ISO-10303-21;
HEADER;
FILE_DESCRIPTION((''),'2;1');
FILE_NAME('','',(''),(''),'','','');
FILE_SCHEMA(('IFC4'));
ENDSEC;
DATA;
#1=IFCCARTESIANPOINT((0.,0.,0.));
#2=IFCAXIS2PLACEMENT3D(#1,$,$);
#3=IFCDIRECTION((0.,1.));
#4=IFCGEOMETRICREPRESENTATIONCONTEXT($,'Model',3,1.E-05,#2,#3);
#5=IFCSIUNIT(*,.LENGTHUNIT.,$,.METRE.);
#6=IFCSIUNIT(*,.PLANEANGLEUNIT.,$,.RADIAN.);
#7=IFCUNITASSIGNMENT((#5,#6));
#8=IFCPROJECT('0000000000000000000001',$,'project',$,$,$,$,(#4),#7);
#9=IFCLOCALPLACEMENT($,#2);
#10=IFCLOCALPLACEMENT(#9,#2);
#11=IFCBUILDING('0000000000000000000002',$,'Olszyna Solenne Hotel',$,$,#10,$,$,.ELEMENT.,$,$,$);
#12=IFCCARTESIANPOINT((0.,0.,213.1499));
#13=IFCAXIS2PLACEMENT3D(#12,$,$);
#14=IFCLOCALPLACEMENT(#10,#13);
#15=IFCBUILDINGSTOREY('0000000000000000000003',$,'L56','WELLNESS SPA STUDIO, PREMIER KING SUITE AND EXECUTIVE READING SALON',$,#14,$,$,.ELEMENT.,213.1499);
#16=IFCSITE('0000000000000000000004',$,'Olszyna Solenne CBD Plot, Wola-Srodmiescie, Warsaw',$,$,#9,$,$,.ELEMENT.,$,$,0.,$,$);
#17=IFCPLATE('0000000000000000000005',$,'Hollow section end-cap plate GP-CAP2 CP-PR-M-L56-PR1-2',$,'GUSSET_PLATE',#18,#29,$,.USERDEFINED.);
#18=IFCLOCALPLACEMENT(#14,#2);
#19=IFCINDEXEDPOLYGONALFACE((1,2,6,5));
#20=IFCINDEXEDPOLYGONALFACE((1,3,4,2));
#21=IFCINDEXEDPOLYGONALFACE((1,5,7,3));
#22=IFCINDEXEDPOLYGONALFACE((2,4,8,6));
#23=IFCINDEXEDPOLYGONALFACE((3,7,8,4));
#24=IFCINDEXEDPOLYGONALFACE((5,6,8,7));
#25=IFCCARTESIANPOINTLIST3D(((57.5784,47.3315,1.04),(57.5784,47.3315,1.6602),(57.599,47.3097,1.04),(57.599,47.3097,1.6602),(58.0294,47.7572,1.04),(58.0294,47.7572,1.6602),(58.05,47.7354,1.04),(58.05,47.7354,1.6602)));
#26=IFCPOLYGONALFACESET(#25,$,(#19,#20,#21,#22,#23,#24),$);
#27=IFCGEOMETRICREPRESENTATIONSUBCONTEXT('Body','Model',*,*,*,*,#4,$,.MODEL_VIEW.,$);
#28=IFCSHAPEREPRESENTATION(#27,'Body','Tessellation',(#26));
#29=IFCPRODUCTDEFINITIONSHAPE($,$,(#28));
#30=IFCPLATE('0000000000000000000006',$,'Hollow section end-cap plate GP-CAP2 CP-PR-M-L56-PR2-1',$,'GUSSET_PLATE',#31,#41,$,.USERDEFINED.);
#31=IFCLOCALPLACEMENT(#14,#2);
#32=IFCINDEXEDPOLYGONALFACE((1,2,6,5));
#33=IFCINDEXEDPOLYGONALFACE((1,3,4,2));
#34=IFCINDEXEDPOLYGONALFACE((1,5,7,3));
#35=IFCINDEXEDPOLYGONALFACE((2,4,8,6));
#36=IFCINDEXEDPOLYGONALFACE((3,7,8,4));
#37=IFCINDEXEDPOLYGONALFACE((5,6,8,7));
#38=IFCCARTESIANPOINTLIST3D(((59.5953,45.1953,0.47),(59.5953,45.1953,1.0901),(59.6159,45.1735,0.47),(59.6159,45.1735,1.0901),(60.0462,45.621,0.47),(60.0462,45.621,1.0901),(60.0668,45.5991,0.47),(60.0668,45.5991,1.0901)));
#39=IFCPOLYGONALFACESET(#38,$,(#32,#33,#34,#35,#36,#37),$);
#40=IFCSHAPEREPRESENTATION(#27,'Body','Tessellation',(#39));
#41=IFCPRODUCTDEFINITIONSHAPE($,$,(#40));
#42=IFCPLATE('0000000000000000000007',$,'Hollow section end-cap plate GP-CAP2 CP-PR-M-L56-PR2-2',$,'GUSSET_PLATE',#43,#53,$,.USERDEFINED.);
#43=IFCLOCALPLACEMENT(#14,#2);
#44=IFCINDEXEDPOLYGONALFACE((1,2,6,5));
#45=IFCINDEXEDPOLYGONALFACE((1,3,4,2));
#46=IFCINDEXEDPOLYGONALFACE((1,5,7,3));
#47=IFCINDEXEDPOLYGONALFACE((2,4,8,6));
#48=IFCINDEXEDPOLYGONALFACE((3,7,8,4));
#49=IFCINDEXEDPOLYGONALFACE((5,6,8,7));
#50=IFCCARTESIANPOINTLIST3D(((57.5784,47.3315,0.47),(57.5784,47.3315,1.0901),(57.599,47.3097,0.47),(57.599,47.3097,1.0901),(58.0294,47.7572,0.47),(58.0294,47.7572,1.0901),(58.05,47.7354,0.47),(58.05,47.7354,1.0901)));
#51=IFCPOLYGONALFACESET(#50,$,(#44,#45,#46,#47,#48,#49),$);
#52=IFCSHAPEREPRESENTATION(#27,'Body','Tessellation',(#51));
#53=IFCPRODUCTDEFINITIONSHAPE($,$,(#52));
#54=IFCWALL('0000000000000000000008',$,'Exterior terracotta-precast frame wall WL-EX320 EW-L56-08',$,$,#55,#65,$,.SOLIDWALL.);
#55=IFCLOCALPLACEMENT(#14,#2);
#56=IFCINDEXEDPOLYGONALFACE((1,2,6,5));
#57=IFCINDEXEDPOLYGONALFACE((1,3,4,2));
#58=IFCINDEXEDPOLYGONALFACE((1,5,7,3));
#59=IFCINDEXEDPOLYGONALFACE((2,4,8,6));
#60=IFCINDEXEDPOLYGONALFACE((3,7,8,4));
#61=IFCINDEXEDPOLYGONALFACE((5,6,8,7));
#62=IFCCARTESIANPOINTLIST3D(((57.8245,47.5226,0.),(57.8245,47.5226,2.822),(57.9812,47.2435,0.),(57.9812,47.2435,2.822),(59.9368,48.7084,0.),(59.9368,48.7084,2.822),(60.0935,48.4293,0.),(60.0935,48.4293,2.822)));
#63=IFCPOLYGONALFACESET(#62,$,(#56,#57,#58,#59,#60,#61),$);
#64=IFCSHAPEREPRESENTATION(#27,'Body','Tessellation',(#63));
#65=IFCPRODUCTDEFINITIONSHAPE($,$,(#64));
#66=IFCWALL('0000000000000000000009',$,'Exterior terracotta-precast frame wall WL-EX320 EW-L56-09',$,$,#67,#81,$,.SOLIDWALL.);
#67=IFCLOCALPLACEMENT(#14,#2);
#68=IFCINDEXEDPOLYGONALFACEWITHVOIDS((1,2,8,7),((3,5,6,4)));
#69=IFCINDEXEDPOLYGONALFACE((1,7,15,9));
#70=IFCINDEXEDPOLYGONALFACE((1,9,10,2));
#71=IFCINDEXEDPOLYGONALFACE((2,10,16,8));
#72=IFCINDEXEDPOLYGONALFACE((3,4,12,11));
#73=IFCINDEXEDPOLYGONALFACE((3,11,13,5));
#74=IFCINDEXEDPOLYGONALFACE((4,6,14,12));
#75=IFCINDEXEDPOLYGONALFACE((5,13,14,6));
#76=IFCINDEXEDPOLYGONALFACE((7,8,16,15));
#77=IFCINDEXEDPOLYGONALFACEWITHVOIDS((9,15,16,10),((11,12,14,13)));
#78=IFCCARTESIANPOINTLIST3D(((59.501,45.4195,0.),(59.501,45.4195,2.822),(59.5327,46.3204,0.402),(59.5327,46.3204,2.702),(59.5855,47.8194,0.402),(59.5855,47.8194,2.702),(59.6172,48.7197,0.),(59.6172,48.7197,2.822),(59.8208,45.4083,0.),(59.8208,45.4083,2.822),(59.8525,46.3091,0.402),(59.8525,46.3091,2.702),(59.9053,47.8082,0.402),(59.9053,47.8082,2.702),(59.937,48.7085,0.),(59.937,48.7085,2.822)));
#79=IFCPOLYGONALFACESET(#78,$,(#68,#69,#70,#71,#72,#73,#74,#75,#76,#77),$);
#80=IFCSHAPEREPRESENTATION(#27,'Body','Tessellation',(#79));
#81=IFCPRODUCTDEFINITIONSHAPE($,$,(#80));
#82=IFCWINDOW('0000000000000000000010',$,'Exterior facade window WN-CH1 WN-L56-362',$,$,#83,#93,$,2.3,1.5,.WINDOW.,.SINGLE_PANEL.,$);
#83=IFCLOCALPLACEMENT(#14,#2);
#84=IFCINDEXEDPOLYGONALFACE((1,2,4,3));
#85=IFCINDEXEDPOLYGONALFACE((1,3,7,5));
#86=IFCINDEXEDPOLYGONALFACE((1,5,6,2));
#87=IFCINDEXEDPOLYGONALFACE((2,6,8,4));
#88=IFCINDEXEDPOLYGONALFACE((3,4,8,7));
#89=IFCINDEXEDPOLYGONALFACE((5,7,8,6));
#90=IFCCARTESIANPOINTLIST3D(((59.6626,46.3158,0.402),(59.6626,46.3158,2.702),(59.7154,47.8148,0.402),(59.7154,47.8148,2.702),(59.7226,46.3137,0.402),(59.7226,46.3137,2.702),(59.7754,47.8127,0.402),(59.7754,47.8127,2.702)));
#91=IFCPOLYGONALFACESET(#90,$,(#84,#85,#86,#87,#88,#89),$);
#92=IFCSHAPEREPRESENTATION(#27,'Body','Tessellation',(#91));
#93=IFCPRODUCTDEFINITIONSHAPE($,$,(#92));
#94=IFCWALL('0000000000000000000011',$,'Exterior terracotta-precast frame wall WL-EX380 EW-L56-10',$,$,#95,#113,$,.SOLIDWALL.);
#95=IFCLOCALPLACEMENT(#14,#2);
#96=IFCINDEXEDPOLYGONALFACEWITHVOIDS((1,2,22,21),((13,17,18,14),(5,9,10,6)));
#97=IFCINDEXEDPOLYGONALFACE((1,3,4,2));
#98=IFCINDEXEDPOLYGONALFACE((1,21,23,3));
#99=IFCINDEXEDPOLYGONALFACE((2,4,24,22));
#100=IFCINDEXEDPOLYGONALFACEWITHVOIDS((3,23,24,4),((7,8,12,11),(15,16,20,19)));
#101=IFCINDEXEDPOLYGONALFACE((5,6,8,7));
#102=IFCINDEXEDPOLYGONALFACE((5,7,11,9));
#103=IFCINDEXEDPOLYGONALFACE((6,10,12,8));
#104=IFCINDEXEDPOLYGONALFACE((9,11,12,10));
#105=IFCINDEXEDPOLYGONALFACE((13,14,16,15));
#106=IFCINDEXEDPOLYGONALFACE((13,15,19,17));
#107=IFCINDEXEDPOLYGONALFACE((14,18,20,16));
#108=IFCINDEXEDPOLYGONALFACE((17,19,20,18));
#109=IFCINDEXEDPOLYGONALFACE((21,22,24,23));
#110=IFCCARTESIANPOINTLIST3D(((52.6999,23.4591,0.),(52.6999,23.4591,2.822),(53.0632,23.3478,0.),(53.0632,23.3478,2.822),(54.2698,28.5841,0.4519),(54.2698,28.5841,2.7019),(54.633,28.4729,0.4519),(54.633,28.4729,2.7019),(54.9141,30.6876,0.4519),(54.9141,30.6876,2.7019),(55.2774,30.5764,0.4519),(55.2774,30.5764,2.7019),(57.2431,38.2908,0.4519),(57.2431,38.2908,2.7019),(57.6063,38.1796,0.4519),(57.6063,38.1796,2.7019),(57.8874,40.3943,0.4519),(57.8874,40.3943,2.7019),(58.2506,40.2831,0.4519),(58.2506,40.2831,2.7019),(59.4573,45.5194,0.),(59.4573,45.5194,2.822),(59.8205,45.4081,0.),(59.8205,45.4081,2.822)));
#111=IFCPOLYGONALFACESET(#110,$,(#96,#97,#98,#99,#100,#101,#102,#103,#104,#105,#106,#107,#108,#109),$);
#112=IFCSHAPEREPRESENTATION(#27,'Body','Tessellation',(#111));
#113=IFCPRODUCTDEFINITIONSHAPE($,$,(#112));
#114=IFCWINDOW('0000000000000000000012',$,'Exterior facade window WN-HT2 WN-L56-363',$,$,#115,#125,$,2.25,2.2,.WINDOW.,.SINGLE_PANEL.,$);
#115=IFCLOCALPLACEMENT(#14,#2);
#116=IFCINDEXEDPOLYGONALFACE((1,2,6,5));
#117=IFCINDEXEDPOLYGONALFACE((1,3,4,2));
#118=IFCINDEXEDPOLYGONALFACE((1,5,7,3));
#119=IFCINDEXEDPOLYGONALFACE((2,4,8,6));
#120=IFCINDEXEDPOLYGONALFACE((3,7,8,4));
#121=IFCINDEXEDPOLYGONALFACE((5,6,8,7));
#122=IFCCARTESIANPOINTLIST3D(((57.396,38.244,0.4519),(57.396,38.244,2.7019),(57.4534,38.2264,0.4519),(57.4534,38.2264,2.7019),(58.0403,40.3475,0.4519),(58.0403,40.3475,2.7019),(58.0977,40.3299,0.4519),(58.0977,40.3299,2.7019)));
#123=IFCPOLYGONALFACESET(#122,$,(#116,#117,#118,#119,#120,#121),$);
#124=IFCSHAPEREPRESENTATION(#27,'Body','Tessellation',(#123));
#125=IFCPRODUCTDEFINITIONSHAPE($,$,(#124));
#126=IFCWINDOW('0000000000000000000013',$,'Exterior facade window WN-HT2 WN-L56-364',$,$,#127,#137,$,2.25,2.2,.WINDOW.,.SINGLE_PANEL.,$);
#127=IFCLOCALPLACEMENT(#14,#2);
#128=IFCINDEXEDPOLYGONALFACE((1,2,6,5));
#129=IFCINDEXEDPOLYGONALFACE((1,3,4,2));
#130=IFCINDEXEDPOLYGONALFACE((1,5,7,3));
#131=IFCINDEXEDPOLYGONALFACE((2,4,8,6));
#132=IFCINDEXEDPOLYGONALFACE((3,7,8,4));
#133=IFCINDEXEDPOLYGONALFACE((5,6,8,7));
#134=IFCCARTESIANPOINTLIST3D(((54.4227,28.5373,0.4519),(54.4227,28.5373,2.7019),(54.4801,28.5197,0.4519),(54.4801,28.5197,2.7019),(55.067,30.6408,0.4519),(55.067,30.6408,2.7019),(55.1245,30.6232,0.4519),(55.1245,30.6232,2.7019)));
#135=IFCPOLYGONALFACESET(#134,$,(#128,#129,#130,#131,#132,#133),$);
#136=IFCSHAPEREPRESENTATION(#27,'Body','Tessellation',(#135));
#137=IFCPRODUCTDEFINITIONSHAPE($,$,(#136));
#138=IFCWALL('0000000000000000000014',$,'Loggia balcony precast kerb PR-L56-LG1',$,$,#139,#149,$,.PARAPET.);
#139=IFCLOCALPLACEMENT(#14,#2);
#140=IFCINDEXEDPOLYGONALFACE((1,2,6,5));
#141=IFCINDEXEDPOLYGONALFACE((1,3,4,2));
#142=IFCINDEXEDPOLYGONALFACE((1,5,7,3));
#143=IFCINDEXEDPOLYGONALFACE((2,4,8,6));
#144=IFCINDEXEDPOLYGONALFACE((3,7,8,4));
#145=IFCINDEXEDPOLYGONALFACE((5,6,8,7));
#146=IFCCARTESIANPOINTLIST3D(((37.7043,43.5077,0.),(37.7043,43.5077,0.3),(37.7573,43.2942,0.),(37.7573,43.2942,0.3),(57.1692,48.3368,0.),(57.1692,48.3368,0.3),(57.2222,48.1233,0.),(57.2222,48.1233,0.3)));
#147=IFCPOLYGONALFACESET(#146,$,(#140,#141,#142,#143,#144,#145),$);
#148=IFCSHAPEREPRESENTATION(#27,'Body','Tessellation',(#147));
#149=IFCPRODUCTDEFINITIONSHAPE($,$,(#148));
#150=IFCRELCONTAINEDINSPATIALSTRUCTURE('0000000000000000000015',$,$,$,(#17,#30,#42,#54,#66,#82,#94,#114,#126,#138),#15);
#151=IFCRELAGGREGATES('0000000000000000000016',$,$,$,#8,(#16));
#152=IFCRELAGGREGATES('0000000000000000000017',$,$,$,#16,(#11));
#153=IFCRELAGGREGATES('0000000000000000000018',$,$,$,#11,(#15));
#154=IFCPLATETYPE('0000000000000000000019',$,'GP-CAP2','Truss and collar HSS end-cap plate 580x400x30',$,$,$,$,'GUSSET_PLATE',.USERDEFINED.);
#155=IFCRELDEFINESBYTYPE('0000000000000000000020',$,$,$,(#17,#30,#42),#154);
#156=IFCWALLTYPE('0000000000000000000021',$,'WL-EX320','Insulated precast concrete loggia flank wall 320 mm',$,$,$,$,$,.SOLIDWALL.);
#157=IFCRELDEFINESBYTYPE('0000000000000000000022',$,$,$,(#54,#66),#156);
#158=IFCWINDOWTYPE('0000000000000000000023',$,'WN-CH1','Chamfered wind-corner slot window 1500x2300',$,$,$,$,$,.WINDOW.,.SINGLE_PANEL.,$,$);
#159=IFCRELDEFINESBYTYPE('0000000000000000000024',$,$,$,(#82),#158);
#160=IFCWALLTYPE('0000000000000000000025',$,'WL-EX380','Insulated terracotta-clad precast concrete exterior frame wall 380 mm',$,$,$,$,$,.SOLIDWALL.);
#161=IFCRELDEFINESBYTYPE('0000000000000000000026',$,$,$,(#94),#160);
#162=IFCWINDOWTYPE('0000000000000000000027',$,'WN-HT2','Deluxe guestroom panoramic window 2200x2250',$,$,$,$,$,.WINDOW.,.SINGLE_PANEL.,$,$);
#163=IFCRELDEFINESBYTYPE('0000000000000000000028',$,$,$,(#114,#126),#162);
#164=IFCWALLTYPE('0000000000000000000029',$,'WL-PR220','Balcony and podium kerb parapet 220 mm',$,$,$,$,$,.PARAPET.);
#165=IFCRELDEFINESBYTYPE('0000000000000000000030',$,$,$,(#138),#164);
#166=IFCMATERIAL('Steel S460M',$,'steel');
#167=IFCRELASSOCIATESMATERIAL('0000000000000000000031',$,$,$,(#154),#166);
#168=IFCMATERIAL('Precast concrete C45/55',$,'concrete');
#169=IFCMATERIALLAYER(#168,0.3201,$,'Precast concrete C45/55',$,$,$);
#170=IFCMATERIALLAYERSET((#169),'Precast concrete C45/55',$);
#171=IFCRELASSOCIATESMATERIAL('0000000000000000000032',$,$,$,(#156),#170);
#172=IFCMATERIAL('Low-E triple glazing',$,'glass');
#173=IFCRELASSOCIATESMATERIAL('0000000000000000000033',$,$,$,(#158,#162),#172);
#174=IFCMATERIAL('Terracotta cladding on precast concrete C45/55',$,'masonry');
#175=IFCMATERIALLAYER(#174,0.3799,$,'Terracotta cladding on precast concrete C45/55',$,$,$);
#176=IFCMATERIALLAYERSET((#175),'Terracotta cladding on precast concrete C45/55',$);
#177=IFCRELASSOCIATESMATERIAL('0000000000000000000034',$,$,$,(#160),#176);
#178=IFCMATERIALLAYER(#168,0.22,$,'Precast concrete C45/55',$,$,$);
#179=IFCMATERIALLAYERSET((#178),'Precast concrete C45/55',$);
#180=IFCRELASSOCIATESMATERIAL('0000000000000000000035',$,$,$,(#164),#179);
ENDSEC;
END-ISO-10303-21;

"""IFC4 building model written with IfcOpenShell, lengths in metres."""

from ifc_helpers import new_model, si_unit, direction, frame, frame_2d, origin, origin_2d, place, context, subcontext, project, spatial, rectangle, extrude, source, transform, mapped, material, layer, layer_set, type_object, type_shapes, element, fill, save


model = new_model("IFC4")

# Units and contexts
model_context = context("Model", 3, precision=1e-05, world=origin(), true_north=direction((0.0, 1.0)))
body_context = subcontext(model_context, "Body", "Model", "MODEL_VIEW")
ifc_project = project(units=[si_unit("LENGTHUNIT", "METRE"), si_unit("PLANEANGLEUNIT", "RADIAN")], contexts=[model_context])

# Site, building, storey
site_placement = place(None, origin())
site = spatial("IfcSite", under=ifc_project, at=site_placement, Name="Olszyna Solenne CBD Plot, Wola-Srodmiescie, Warsaw", CompositionType="ELEMENT", RefElevation=0.0)
building_placement = place(site_placement, origin())
building = spatial("IfcBuilding", under=site, at=building_placement, Name="Olszyna Solenne Hotel", CompositionType="ELEMENT")
storey_placement = place(building_placement, frame((0.0, 0.0, 213.1499)))
storey = spatial("IfcBuildingStorey", under=building, at=storey_placement, Name="L56", Description="WELLNESS SPA STUDIO, PREMIER KING SUITE AND EXECUTIVE READING SALON", CompositionType="ELEMENT", Elevation=213.1499)

# Shared definitions
ifc_material_1 = material(Name="Steel S460M", Category="steel")

# Plates
plate_type = type_object("IfcPlateType", Name="GP-CAP2", Description="Truss and collar HSS end-cap plate 580x400x30", ElementType="GUSSET_PLATE", PredefinedType="USERDEFINED", material=ifc_material_1)
shared_shape_1 = source(origin(), body_context, "Body", "SweptSolid", [
    extrude(rectangle(XDim=0.03, YDim=0.6201, at=origin_2d()), origin(), (0.0, 0.0, 1.0), 0.6201),
])
for number, where, z_axis, x_axis, name in (
    (1, (57.8142, 47.5334, 1.04), (0.0, 0.0, 1.0), (-0.686453, 0.727174, 0.0), "Hollow section end-cap plate GP-CAP2 CP-PR-M-L56-PR1-2"),
    (2, (59.8311, 45.3972, 0.47), (0.0, 0.0, 1.0), (-0.686453, 0.727174, 0.0), "Hollow section end-cap plate GP-CAP2 CP-PR-M-L56-PR2-1"),
    (3, (57.8142, 47.5334, 0.47), (0.0, 0.0, 1.0), (-0.686453, 0.727174, 0.0), "Hollow section end-cap plate GP-CAP2 CP-PR-M-L56-PR2-2"),
):
    element("IfcPlate", number, at=place(storey_placement, frame(where, z_axis=z_axis, x_axis=x_axis)), inside=storey, type_object=plate_type, Name=name, ObjectType="GUSSET_PLATE", PredefinedType="USERDEFINED", context=body_context, shape_type="MappedRepresentation", body=[
        mapped(shared_shape_1, transform((0.0, 0.0, 0.0), x_axis=(1.0, 0.0, 0.0), y_axis=(0.0, 1.0, 0.0), z_axis=(0.0, 0.0, 1.0), scale=1.0)),
    ])

# Wall
ifc_material_2 = material(Name="Precast concrete C45/55", Category="concrete")
ifc_layer_1 = layer(ifc_material_2, 0.3201, Name="Precast concrete C45/55")
ifc_layer_set_1 = layer_set([ifc_layer_1], Name="Precast concrete C45/55")
wall_type_1 = type_object("IfcWallType", Name="WL-EX320", Description="Insulated precast concrete loggia flank wall 320 mm", PredefinedType="SOLIDWALL", material=ifc_layer_set_1)
wall_1_placement = place(storey_placement, frame((57.9028, 47.3831, 0.0), z_axis=(0.0, 0.0, 1.0), x_axis=(0.871995, 0.489515, 0.0)))
element("IfcWall", 4, at=wall_1_placement, inside=storey, type_object=wall_type_1, Name="Exterior terracotta-precast frame wall WL-EX320 EW-L56-08", PredefinedType="SOLIDWALL", context=body_context, shape_type="SweptSolid", body=[
    extrude(rectangle(XDim=2.4224, YDim=0.3201, at=frame_2d((1.2112, 0.0))), origin(), (0.0, 0.0, 1.0), 2.822),
])

# Wall, opening, window
wall_2_placement = place(storey_placement, frame((59.7771, 48.7141, 0.0), z_axis=(0.0, 0.0, 1.0), x_axis=(-0.03519, -0.999381, 0.0)))
wall_2 = element("IfcWall", 5, at=wall_2_placement, inside=storey, type_object=wall_type_1, Name="Exterior terracotta-precast frame wall WL-EX320 EW-L56-09", PredefinedType="SOLIDWALL", context=body_context, shape_type="SweptSolid", body=[
    extrude(rectangle(XDim=3.3022, YDim=0.3201, at=frame_2d((1.6511, 0.0))), origin(), (0.0, 0.0, 1.0), 2.822),
])
opening_1_placement = place(wall_2_placement, frame((0.9009, 0.0, 0.4021)))
opening_1 = element("IfcOpeningElement", 6, at=opening_1_placement, cuts=wall_2, PredefinedType="OPENING", context=body_context, shape_type="SweptSolid", body=[
    extrude(rectangle(XDim=1.5, YDim=2.3, at=frame_2d((0.75, 1.1499))), frame((0.0, 0.1699, 0.0), z_axis=(0.0, -1.0, 0.0), x_axis=(1.0, 0.0, 0.0)), (0.0, 0.0, 1.0), 0.3401),
])
ifc_material_3 = material(Name="Low-E triple glazing", Category="glass")
window_type_1 = type_object("IfcWindowType", Name="WN-CH1", Description="Chamfered wind-corner slot window 1500x2300", PartitioningType="SINGLE_PANEL", PredefinedType="WINDOW", material=ifc_material_3)
shared_shape_2 = source(origin(), body_context, "Body", "SweptSolid", [
    extrude(rectangle(XDim=1.5, YDim=2.3, at=frame_2d((0.75, 1.1499))), frame((0.0, 0.03, 0.0), z_axis=(0.0, -1.0, 0.0), x_axis=(1.0, 0.0, 0.0)), (0.0, 0.0, 1.0), 0.0601),
])
type_shapes(window_type_1, [shared_shape_2])
window_1_placement = place(opening_1_placement, origin())
window_1 = element("IfcWindow", 7, at=window_1_placement, inside=storey, type_object=window_type_1, Name="Exterior facade window WN-CH1 WN-L56-362", OverallHeight=2.3, OverallWidth=1.5, PartitioningType="SINGLE_PANEL", PredefinedType="WINDOW", context=body_context, shape_type="MappedRepresentation", body=[
    mapped(shared_shape_2, transform((0.0, 0.0, 0.0), x_axis=(1.0, 0.0, 0.0), y_axis=(0.0, 1.0, 0.0), z_axis=(0.0, 0.0, 1.0), scale=1.0)),
])
fill(opening_1, window_1)

# Wall, openings, windows
ifc_material_4 = material(Name="Terracotta cladding on precast concrete C45/55", Category="masonry")
ifc_layer_2 = layer(ifc_material_4, 0.3799, Name="Terracotta cladding on precast concrete C45/55")
ifc_layer_set_2 = layer_set([ifc_layer_2], Name="Terracotta cladding on precast concrete C45/55")
wall_type_2 = type_object("IfcWallType", Name="WL-EX380", Description="Insulated terracotta-clad precast concrete exterior frame wall 380 mm", PredefinedType="SOLIDWALL", material=ifc_layer_set_2)
wall_3_placement = place(storey_placement, frame((59.6389, 45.4639, 0.0), z_axis=(0.0, 0.0, 1.0), x_axis=(-0.29288, -0.956149, 0.0)))
wall_3 = element("IfcWall", 8, at=wall_3_placement, inside=storey, type_object=wall_type_2, Name="Exterior terracotta-precast frame wall WL-EX380 EW-L56-10", PredefinedType="SOLIDWALL", context=body_context, shape_type="SweptSolid", body=[
    extrude(rectangle(XDim=23.072, YDim=0.3799, at=frame_2d((11.5361, 0.0))), origin(), (0.0, 0.0, 1.0), 2.822),
])
opening_2_placement = place(wall_3_placement, frame((5.3601, 0.0, 0.4519)))
opening_2 = element("IfcOpeningElement", 9, at=opening_2_placement, cuts=wall_3, PredefinedType="OPENING", context=body_context, shape_type="SweptSolid", body=[
    extrude(rectangle(XDim=2.2, YDim=2.25, at=frame_2d((1.1001, 1.125))), frame((0.0, 0.2, 0.0), z_axis=(0.0, -1.0, 0.0), x_axis=(1.0, 0.0, 0.0)), (0.0, 0.0, 1.0), 0.3999),
])
opening_3_placement = place(wall_3_placement, frame((15.512, 0.0, 0.4519)))
opening_3 = element("IfcOpeningElement", 10, at=opening_3_placement, cuts=wall_3, PredefinedType="OPENING", context=body_context, shape_type="SweptSolid", body=[
    extrude(rectangle(XDim=2.2, YDim=2.25, at=frame_2d((1.1001, 1.125))), frame((0.0, 0.2, 0.0), z_axis=(0.0, -1.0, 0.0), x_axis=(1.0, 0.0, 0.0)), (0.0, 0.0, 1.0), 0.3999),
])
window_type_2 = type_object("IfcWindowType", Name="WN-HT2", Description="Deluxe guestroom panoramic window 2200x2250", PartitioningType="SINGLE_PANEL", PredefinedType="WINDOW", material=ifc_material_3)
shared_shape_3 = source(origin(), body_context, "Body", "SweptSolid", [
    extrude(rectangle(XDim=2.2, YDim=2.25, at=frame_2d((1.1001, 1.125))), frame((0.0, 0.03, 0.0), z_axis=(0.0, -1.0, 0.0), x_axis=(1.0, 0.0, 0.0)), (0.0, 0.0, 1.0), 0.0601),
])
type_shapes(window_type_2, [shared_shape_3])
window_2_placement = place(opening_2_placement, origin())
window_2 = element("IfcWindow", 11, at=window_2_placement, inside=storey, type_object=window_type_2, Name="Exterior facade window WN-HT2 WN-L56-363", OverallHeight=2.25, OverallWidth=2.2, PartitioningType="SINGLE_PANEL", PredefinedType="WINDOW", context=body_context, shape_type="MappedRepresentation", body=[
    mapped(shared_shape_3, transform((0.0, 0.0, 0.0), x_axis=(1.0, 0.0, 0.0), y_axis=(0.0, 1.0, 0.0), z_axis=(0.0, 0.0, 1.0), scale=1.0)),
])
fill(opening_2, window_2)
window_3_placement = place(opening_3_placement, origin())
window_3 = element("IfcWindow", 12, at=window_3_placement, inside=storey, type_object=window_type_2, Name="Exterior facade window WN-HT2 WN-L56-364", OverallHeight=2.25, OverallWidth=2.2, PartitioningType="SINGLE_PANEL", PredefinedType="WINDOW", context=body_context, shape_type="MappedRepresentation", body=[
    mapped(shared_shape_3, transform((0.0, 0.0, 0.0), x_axis=(1.0, 0.0, 0.0), y_axis=(0.0, 1.0, 0.0), z_axis=(0.0, 0.0, 1.0), scale=1.0)),
])
fill(opening_3, window_3)

# Wall
ifc_layer_3 = layer(ifc_material_2, 0.22, Name="Precast concrete C45/55")
ifc_layer_set_3 = layer_set([ifc_layer_3], Name="Precast concrete C45/55")
wall_type_3 = type_object("IfcWallType", Name="WL-PR220", Description="Balcony and podium kerb parapet 220 mm", PredefinedType="PARAPET", material=ifc_layer_set_3)
wall_4_placement = place(storey_placement, frame((57.1956, 48.23, 0.0), z_axis=(0.0, 0.0, 1.0), x_axis=(-0.970576, -0.240794, 0.0)))
element("IfcWall", 13, at=wall_4_placement, inside=storey, type_object=wall_type_3, Name="Loggia balcony precast kerb PR-L56-LG1", PredefinedType="PARAPET", context=body_context, shape_type="SweptSolid", body=[
    extrude(rectangle(XDim=20.0549, YDim=0.22, at=frame_2d((10.0273, 0.0))), origin(), (0.0, 0.0, 1.0), 0.3),
])

save(model, "model.ifc")
